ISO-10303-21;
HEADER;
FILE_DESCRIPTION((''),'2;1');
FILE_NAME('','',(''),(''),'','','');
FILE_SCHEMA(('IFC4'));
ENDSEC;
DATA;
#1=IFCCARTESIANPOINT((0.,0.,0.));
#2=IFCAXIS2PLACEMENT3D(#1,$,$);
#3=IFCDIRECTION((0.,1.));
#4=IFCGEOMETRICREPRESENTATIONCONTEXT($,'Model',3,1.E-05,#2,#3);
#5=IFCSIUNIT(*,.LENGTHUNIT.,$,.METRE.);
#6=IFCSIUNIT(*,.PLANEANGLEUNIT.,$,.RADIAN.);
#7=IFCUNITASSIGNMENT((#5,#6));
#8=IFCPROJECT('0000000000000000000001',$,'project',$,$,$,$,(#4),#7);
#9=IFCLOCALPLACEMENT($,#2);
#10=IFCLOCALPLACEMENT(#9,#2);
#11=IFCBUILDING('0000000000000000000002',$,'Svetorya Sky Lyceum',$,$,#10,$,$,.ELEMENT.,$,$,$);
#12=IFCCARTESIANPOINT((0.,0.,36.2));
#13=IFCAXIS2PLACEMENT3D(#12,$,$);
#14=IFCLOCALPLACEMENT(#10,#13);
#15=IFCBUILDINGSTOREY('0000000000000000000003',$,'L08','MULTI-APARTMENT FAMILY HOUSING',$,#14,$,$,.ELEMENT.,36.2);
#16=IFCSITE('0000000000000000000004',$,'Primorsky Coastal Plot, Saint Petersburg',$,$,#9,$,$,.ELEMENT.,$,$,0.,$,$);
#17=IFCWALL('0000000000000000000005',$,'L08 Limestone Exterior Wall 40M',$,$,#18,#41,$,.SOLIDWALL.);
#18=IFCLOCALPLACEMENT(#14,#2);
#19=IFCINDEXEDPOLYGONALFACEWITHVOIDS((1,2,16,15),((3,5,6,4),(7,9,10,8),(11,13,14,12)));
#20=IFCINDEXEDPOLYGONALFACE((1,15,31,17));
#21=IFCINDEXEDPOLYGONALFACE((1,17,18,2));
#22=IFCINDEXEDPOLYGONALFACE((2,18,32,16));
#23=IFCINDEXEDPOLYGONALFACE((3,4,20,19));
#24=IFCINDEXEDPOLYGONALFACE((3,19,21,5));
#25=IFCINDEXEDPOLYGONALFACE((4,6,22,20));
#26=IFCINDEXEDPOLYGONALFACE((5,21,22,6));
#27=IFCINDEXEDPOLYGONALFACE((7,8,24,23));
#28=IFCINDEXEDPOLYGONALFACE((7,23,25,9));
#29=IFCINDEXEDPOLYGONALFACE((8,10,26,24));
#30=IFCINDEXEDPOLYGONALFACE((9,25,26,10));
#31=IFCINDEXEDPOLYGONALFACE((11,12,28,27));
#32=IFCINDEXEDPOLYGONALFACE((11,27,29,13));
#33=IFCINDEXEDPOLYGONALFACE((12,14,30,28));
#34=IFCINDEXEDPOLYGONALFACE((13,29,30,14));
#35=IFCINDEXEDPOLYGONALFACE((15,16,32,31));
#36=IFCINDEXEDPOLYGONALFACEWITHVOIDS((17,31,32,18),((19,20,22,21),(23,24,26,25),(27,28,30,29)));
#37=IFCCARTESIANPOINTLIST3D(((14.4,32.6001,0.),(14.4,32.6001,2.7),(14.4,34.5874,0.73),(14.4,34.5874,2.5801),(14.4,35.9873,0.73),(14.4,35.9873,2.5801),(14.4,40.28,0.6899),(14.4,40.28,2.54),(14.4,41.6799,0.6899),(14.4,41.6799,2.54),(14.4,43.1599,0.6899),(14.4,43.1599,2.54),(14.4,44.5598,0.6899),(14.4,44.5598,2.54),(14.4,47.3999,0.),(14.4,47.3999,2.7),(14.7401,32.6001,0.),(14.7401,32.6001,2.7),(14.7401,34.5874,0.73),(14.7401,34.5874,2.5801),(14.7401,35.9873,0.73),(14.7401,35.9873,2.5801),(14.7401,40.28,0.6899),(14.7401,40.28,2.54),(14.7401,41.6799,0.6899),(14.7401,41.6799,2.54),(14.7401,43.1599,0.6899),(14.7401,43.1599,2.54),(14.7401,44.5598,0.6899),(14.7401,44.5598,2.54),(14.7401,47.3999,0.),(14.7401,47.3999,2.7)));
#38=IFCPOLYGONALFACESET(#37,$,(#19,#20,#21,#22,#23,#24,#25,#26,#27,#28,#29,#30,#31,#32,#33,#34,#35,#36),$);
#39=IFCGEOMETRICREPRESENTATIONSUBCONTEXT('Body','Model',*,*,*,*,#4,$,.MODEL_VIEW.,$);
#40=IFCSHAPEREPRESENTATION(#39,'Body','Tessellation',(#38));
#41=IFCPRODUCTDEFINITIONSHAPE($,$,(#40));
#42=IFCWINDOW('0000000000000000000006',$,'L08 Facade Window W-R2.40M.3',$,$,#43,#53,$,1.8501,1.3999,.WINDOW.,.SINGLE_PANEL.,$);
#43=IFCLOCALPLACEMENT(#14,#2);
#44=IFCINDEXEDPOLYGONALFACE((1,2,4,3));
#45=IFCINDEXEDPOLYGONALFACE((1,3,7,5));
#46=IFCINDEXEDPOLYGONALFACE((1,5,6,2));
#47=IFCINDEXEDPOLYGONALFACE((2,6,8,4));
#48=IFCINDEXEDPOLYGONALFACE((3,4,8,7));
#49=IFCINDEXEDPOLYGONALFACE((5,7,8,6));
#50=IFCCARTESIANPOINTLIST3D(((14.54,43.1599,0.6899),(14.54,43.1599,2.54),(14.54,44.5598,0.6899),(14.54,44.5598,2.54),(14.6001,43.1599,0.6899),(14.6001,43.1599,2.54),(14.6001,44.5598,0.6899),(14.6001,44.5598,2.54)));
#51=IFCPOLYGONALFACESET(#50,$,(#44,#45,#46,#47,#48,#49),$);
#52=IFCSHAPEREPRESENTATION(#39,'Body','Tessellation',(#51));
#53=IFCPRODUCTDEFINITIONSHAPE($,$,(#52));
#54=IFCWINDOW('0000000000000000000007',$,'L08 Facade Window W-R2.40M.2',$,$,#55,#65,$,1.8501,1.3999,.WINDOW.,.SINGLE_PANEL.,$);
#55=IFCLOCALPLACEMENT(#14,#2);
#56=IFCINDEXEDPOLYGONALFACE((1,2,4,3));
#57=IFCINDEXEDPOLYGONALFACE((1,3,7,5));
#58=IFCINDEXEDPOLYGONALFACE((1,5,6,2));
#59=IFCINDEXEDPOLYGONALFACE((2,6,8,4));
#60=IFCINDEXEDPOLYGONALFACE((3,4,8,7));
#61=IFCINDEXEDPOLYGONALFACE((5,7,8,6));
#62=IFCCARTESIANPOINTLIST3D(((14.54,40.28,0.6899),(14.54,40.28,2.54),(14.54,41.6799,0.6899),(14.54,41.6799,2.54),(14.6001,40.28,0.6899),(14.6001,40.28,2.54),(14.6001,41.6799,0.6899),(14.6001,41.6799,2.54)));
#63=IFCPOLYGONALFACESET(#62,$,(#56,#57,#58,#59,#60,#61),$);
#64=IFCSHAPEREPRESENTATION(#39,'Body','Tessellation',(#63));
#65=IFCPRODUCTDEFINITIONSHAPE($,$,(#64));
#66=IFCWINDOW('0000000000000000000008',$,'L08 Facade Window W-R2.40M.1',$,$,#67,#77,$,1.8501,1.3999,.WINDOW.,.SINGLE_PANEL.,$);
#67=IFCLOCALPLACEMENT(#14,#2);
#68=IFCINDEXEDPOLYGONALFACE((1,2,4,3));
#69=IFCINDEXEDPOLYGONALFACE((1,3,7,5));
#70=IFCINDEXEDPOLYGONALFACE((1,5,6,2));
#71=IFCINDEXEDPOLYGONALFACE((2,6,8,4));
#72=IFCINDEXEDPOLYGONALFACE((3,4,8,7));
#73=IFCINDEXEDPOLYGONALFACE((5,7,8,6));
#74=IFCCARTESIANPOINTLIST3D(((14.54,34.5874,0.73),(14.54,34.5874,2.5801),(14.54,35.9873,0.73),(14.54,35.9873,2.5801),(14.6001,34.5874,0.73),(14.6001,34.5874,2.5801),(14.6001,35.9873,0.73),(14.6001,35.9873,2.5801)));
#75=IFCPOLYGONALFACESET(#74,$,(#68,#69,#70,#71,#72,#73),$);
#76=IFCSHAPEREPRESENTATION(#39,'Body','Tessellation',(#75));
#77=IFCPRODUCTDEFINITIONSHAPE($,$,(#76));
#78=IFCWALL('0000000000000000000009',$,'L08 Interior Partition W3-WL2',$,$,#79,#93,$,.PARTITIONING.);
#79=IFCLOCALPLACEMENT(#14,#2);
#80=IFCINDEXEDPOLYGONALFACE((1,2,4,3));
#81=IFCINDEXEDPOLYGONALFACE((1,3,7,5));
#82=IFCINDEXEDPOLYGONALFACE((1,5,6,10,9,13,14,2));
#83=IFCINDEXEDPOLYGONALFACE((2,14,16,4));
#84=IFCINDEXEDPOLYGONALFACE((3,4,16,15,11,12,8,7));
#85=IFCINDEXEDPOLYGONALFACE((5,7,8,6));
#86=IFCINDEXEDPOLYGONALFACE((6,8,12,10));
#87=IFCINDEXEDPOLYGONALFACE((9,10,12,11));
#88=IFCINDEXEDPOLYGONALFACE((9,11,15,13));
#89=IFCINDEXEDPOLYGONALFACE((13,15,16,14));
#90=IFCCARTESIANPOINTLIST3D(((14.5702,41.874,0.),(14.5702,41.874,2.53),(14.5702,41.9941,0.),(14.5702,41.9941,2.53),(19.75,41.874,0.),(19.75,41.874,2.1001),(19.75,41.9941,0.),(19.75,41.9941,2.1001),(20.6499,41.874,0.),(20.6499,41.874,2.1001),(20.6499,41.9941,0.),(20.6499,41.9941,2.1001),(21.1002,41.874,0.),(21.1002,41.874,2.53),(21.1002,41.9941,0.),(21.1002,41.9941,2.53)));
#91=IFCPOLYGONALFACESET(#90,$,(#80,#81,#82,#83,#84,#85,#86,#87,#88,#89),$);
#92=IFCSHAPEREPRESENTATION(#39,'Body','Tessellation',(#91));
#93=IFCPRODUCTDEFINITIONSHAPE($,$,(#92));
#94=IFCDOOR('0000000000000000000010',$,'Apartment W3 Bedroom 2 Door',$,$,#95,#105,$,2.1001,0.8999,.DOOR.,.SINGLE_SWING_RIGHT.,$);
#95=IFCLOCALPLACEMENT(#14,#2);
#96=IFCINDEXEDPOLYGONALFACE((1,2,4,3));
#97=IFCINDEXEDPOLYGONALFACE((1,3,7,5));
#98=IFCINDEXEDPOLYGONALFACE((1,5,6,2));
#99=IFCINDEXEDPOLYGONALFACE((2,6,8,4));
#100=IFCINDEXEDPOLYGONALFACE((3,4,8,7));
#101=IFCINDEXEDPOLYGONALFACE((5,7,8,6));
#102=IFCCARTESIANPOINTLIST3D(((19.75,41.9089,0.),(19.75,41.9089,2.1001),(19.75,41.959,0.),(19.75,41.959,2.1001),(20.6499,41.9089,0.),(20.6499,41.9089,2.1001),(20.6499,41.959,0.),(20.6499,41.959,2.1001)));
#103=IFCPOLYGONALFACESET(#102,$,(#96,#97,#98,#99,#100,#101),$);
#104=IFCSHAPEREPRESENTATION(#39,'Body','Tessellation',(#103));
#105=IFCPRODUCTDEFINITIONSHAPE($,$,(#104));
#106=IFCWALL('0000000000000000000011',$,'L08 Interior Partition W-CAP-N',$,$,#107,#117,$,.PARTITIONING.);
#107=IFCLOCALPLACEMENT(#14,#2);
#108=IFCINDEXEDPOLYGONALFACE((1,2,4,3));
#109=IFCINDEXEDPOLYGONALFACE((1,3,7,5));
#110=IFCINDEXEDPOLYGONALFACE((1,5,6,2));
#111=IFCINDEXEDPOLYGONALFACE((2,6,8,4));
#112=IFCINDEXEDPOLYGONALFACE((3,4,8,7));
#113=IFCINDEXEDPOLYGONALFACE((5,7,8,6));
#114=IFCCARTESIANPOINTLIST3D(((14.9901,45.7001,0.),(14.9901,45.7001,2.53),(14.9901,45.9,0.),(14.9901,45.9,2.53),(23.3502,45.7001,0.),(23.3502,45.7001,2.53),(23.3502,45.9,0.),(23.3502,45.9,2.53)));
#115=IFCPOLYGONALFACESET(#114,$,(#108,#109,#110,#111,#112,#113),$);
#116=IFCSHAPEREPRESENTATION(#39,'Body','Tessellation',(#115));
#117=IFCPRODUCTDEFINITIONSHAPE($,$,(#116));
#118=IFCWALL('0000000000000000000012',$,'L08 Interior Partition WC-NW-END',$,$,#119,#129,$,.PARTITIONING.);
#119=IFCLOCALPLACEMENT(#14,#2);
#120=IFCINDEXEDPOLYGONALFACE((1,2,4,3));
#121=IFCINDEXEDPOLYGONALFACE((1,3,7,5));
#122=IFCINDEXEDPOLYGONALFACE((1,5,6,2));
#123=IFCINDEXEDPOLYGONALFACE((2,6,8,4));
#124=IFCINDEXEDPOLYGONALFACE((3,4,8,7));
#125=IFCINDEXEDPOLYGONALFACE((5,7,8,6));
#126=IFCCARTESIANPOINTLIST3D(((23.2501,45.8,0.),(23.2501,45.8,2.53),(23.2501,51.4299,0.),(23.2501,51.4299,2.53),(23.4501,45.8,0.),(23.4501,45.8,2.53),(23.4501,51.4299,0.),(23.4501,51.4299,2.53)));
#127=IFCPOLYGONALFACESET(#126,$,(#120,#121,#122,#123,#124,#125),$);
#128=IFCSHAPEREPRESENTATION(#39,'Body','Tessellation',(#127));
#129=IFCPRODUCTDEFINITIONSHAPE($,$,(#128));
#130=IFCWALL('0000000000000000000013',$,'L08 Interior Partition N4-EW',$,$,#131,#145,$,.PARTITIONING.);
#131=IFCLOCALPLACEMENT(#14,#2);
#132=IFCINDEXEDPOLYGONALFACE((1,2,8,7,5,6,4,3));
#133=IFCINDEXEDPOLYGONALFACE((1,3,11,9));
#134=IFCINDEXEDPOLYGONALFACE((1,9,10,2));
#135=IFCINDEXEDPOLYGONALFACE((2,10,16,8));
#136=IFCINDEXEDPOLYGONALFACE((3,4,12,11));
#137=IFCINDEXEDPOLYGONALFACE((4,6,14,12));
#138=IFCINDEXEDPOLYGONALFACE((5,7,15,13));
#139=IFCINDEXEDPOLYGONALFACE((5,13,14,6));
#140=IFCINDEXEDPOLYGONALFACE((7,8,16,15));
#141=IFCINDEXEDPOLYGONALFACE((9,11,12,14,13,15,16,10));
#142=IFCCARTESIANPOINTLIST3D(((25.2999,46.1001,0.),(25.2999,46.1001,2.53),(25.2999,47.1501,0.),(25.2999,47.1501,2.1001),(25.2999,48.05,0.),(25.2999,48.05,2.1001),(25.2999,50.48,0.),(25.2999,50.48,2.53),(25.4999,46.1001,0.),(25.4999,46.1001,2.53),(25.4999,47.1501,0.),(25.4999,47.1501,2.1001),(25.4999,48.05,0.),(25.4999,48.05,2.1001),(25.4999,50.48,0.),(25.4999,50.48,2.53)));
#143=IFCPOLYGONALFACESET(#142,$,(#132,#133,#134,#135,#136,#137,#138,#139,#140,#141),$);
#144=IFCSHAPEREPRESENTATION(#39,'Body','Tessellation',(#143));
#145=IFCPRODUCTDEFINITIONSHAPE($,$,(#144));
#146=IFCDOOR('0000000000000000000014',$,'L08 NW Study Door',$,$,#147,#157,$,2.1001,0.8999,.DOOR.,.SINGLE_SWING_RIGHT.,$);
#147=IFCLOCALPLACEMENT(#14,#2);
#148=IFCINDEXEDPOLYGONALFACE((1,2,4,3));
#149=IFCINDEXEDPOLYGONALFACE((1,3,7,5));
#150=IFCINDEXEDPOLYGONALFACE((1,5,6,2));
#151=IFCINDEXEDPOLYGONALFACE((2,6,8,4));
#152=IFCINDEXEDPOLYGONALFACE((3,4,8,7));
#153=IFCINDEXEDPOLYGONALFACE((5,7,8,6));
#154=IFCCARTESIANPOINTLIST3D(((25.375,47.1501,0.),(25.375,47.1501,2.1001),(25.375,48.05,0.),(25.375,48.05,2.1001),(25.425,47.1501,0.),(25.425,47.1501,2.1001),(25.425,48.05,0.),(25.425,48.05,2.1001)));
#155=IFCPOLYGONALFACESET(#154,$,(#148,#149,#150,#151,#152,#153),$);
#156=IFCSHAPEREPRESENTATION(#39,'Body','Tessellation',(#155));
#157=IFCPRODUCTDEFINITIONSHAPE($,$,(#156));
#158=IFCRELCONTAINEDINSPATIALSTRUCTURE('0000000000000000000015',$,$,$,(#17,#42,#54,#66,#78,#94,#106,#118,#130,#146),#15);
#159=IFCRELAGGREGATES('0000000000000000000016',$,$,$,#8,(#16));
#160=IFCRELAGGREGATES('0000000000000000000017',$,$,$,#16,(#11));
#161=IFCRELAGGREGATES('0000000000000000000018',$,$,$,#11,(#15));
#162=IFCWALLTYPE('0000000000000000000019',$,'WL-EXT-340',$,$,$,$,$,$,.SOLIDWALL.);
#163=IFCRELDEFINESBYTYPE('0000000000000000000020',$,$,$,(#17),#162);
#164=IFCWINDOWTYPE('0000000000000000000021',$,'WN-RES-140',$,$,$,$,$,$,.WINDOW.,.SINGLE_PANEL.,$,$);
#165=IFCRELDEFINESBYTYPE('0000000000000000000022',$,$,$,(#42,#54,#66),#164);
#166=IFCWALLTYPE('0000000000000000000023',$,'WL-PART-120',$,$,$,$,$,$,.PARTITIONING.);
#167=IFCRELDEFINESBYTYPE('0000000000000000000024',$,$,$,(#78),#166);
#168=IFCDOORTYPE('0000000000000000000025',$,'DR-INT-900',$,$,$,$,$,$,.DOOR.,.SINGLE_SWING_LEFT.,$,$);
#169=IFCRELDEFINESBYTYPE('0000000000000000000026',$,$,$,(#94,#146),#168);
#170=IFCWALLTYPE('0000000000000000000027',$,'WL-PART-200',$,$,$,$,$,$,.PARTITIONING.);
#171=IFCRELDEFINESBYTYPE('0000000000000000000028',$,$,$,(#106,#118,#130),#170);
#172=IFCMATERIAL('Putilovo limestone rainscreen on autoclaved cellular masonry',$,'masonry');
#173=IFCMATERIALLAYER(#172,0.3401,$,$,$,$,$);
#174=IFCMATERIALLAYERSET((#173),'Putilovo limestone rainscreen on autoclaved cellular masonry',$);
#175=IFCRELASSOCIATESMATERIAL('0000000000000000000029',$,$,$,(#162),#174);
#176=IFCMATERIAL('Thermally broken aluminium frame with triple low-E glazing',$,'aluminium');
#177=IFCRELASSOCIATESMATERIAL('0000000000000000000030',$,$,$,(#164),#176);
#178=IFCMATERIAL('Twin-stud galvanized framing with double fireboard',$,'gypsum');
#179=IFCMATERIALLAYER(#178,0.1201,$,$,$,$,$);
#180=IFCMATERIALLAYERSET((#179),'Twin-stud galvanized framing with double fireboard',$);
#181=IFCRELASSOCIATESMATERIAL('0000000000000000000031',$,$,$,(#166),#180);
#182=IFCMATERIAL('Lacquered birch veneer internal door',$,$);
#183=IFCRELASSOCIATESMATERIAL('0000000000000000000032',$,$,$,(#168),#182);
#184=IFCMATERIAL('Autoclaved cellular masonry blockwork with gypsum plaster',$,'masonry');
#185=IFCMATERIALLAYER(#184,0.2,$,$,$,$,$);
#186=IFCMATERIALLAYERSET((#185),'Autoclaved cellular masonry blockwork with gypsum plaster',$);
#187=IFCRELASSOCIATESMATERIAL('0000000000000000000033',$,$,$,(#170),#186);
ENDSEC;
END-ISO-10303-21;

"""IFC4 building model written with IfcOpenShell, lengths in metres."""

from ifc_helpers import new_model, si_unit, direction, frame, frame_2d, origin, place, context, subcontext, project, spatial, rectangle, extrude, material, layer, layer_set, type_object, element, fill, save


model = new_model("IFC4")

# Units and contexts
model_context = context("Model", 3, precision=1e-05, world=origin(), true_north=direction((0.0, 1.0)))
body_context = subcontext(model_context, "Body", "Model", "MODEL_VIEW")
ifc_project = project(units=[si_unit("LENGTHUNIT", "METRE"), si_unit("PLANEANGLEUNIT", "RADIAN")], contexts=[model_context])

# Site, building, storey
site_placement = place(None, origin())
site = spatial("IfcSite", under=ifc_project, at=site_placement, Name="Primorsky Coastal Plot, Saint Petersburg", CompositionType="ELEMENT", RefElevation=0.0)
building_placement = place(site_placement, origin())
building = spatial("IfcBuilding", under=site, at=building_placement, Name="Svetorya Sky Lyceum", CompositionType="ELEMENT")
storey_placement = place(building_placement, frame((0.0, 0.0, 36.2)))
storey = spatial("IfcBuildingStorey", under=building, at=storey_placement, Name="L08", Description="MULTI-APARTMENT FAMILY HOUSING", CompositionType="ELEMENT", Elevation=36.2)

# Shared definitions
ifc_material_1 = material(Name="Putilovo limestone rainscreen on autoclaved cellular masonry", Category="masonry")
ifc_layer_1 = layer(ifc_material_1, 0.3401)
ifc_layer_set_1 = layer_set([ifc_layer_1], Name="Putilovo limestone rainscreen on autoclaved cellular masonry")
wall_type_1 = type_object("IfcWallType", Name="WL-EXT-340", PredefinedType="SOLIDWALL", material=ifc_layer_set_1)

# Wall, openings, windows
wall_1_placement = place(storey_placement, frame((14.5701, 47.3999, 0.0), z_axis=(0.0, 0.0, 1.0), x_axis=(0.0, -1.0, 0.0)))
wall_1 = element("IfcWall", 1, at=wall_1_placement, inside=storey, type_object=wall_type_1, Name="L08 Limestone Exterior Wall 40M", PredefinedType="SOLIDWALL", context=body_context, shape_type="SweptSolid", body=[
    extrude(rectangle(XDim=14.7998, YDim=0.3401, at=frame_2d((7.3999, 0.0))), origin(), (0.0, 0.0, 1.0), 2.7),
])
opening_1_placement = place(wall_1_placement, frame((2.8401, 0.0, 0.6899)))
opening_1 = element("IfcOpeningElement", 2, at=opening_1_placement, cuts=wall_1, PredefinedType="OPENING", context=body_context, shape_type="SweptSolid", body=[
    extrude(rectangle(XDim=1.3999, YDim=1.8501, at=frame_2d((0.7, 0.925))), frame((0.0, 0.1799, 0.0), z_axis=(0.0, -1.0, 0.0), x_axis=(1.0, 0.0, 0.0)), (0.0, 0.0, 1.0), 0.3601),
])
opening_2_placement = place(wall_1_placement, frame((5.72, 0.0, 0.6899)))
opening_2 = element("IfcOpeningElement", 3, at=opening_2_placement, cuts=wall_1, PredefinedType="OPENING", context=body_context, shape_type="SweptSolid", body=[
    extrude(rectangle(XDim=1.3999, YDim=1.8501, at=frame_2d((0.7, 0.925))), frame((0.0, 0.1799, 0.0), z_axis=(0.0, -1.0, 0.0), x_axis=(1.0, 0.0, 0.0)), (0.0, 0.0, 1.0), 0.3601),
])
opening_3_placement = place(wall_1_placement, frame((11.4126, 0.0, 0.73)))
opening_3 = element("IfcOpeningElement", 4, at=opening_3_placement, cuts=wall_1, PredefinedType="OPENING", context=body_context, shape_type="SweptSolid", body=[
    extrude(rectangle(XDim=1.3999, YDim=1.8501, at=frame_2d((0.7, 0.925))), frame((0.0, 0.1799, 0.0), z_axis=(0.0, -1.0, 0.0), x_axis=(1.0, 0.0, 0.0)), (0.0, 0.0, 1.0), 0.3601),
])
ifc_material_2 = material(Name="Thermally broken aluminium frame with triple low-E glazing", Category="aluminium")
window_type = type_object("IfcWindowType", Name="WN-RES-140", PartitioningType="SINGLE_PANEL", PredefinedType="WINDOW", material=ifc_material_2)
window_1_placement = place(opening_1_placement, origin())
window_1 = element("IfcWindow", 5, at=window_1_placement, inside=storey, type_object=window_type, Name="L08 Facade Window W-R2.40M.3", OverallHeight=1.8501, OverallWidth=1.3999, PartitioningType="SINGLE_PANEL", PredefinedType="WINDOW", context=body_context, shape_type="SweptSolid", body=[
    extrude(rectangle(XDim=1.3999, YDim=1.8501, at=frame_2d((0.7, 0.925))), frame((0.0, 0.03, 0.0), z_axis=(0.0, -1.0, 0.0), x_axis=(1.0, 0.0, 0.0)), (0.0, 0.0, 1.0), 0.0601),
])
fill(opening_1, window_1)
window_2_placement = place(opening_2_placement, origin())
window_2 = element("IfcWindow", 6, at=window_2_placement, inside=storey, type_object=window_type, Name="L08 Facade Window W-R2.40M.2", OverallHeight=1.8501, OverallWidth=1.3999, PartitioningType="SINGLE_PANEL", PredefinedType="WINDOW", context=body_context, shape_type="SweptSolid", body=[
    extrude(rectangle(XDim=1.3999, YDim=1.8501, at=frame_2d((0.7, 0.925))), frame((0.0, 0.03, 0.0), z_axis=(0.0, -1.0, 0.0), x_axis=(1.0, 0.0, 0.0)), (0.0, 0.0, 1.0), 0.0601),
])
fill(opening_2, window_2)
window_3_placement = place(opening_3_placement, origin())
window_3 = element("IfcWindow", 7, at=window_3_placement, inside=storey, type_object=window_type, Name="L08 Facade Window W-R2.40M.1", OverallHeight=1.8501, OverallWidth=1.3999, PartitioningType="SINGLE_PANEL", PredefinedType="WINDOW", context=body_context, shape_type="SweptSolid", body=[
    extrude(rectangle(XDim=1.3999, YDim=1.8501, at=frame_2d((0.7, 0.925))), frame((0.0, 0.03, 0.0), z_axis=(0.0, -1.0, 0.0), x_axis=(1.0, 0.0, 0.0)), (0.0, 0.0, 1.0), 0.0601),
])
fill(opening_3, window_3)

# Wall, opening, door
ifc_material_3 = material(Name="Twin-stud galvanized framing with double fireboard", Category="gypsum")
ifc_layer_2 = layer(ifc_material_3, 0.1201)
ifc_layer_set_2 = layer_set([ifc_layer_2], Name="Twin-stud galvanized framing with double fireboard")
wall_type_2 = type_object("IfcWallType", Name="WL-PART-120", PredefinedType="PARTITIONING", material=ifc_layer_set_2)
wall_2_placement = place(storey_placement, frame((14.5701, 41.9341, 0.0), z_axis=(0.0, 0.0, 1.0), x_axis=(1.0, 0.0, 0.0)))
wall_2 = element("IfcWall", 8, at=wall_2_placement, inside=storey, type_object=wall_type_2, Name="L08 Interior Partition W3-WL2", PredefinedType="PARTITIONING", context=body_context, shape_type="SweptSolid", body=[
    extrude(rectangle(XDim=6.53, YDim=0.1201, at=frame_2d((3.2651, 0.0))), origin(), (0.0, 0.0, 1.0), 2.53),
])
opening_4_placement = place(wall_2_placement, frame((5.1799, 0.0, 0.0)))
opening_4 = element("IfcOpeningElement", 9, at=opening_4_placement, cuts=wall_2, PredefinedType="OPENING", context=body_context, shape_type="SweptSolid", body=[
    extrude(rectangle(XDim=0.8999, YDim=2.1001, at=frame_2d((0.45, 1.05))), frame((0.0, 0.0701, 0.0), z_axis=(0.0, -1.0, 0.0), x_axis=(1.0, 0.0, 0.0)), (0.0, 0.0, 1.0), 0.1401),
])
ifc_material_4 = material(Name="Lacquered birch veneer internal door")
door_type = type_object("IfcDoorType", Name="DR-INT-900", OperationType="SINGLE_SWING_LEFT", PredefinedType="DOOR", material=ifc_material_4)
door_1_placement = place(opening_4_placement, origin())
door_1 = element("IfcDoor", 10, at=door_1_placement, inside=storey, type_object=door_type, Name="Apartment W3 Bedroom 2 Door", OperationType="SINGLE_SWING_RIGHT", OverallHeight=2.1001, OverallWidth=0.8999, PredefinedType="DOOR", context=body_context, shape_type="SweptSolid", body=[
    extrude(rectangle(XDim=0.8999, YDim=2.1001, at=frame_2d((0.45, 1.05))), frame((0.0, 0.0249, 0.0), z_axis=(0.0, -1.0, 0.0), x_axis=(1.0, 0.0, 0.0)), (0.0, 0.0, 1.0), 0.05),
])
fill(opening_4, door_1)

# Walls
ifc_material_5 = material(Name="Autoclaved cellular masonry blockwork with gypsum plaster", Category="masonry")
ifc_layer_3 = layer(ifc_material_5, 0.2)
ifc_layer_set_3 = layer_set([ifc_layer_3], Name="Autoclaved cellular masonry blockwork with gypsum plaster")
wall_type_3 = type_object("IfcWallType", Name="WL-PART-200", PredefinedType="PARTITIONING", material=ifc_layer_set_3)
wall_3_placement = place(storey_placement, frame((14.99, 45.8, 0.0), z_axis=(0.0, 0.0, 1.0), x_axis=(1.0, 0.0, 0.0)))
element("IfcWall", 11, at=wall_3_placement, inside=storey, type_object=wall_type_3, Name="L08 Interior Partition W-CAP-N", PredefinedType="PARTITIONING", context=body_context, shape_type="SweptSolid", body=[
    extrude(rectangle(XDim=8.3601, YDim=0.2, at=frame_2d((4.1802, 0.0))), origin(), (0.0, 0.0, 1.0), 2.53),
])
wall_4_placement = place(storey_placement, frame((23.3501, 45.8, 0.0), z_axis=(0.0, 0.0, 1.0), x_axis=(0.0, 1.0, 0.0)))
element("IfcWall", 12, at=wall_4_placement, inside=storey, type_object=wall_type_3, Name="L08 Interior Partition WC-NW-END", PredefinedType="PARTITIONING", context=body_context, shape_type="SweptSolid", body=[
    extrude(rectangle(XDim=5.6299, YDim=0.2, at=frame_2d((2.8149, 0.0))), origin(), (0.0, 0.0, 1.0), 2.53),
])

# Wall, opening, door
wall_5_placement = place(storey_placement, frame((25.3999, 46.1001, 0.0), z_axis=(0.0, 0.0, 1.0), x_axis=(0.0, 1.0, 0.0)))
wall_5 = element("IfcWall", 13, at=wall_5_placement, inside=storey, type_object=wall_type_3, Name="L08 Interior Partition N4-EW", PredefinedType="PARTITIONING", context=body_context, shape_type="SweptSolid", body=[
    extrude(rectangle(XDim=4.3799, YDim=0.2, at=frame_2d((2.1899, 0.0))), origin(), (0.0, 0.0, 1.0), 2.53),
])
opening_5_placement = place(wall_5_placement, frame((1.05, 0.0, 0.0)))
opening_5 = element("IfcOpeningElement", 14, at=opening_5_placement, cuts=wall_5, PredefinedType="OPENING", context=body_context, shape_type="SweptSolid", body=[
    extrude(rectangle(XDim=0.8999, YDim=2.1001, at=frame_2d((0.45, 1.05))), frame((0.0, 0.1099, 0.0), z_axis=(0.0, -1.0, 0.0), x_axis=(1.0, 0.0, 0.0)), (0.0, 0.0, 1.0), 0.22),
])
door_2_placement = place(opening_5_placement, origin())
door_2 = element("IfcDoor", 15, at=door_2_placement, inside=storey, type_object=door_type, Name="L08 NW Study Door", OperationType="SINGLE_SWING_RIGHT", OverallHeight=2.1001, OverallWidth=0.8999, PredefinedType="DOOR", context=body_context, shape_type="SweptSolid", body=[
    extrude(rectangle(XDim=0.8999, YDim=2.1001, at=frame_2d((0.45, 1.05))), frame((0.0, 0.0249, 0.0), z_axis=(0.0, -1.0, 0.0), x_axis=(1.0, 0.0, 0.0)), (0.0, 0.0, 1.0), 0.05),
])
fill(opening_5, door_2)

save(model, "model.ifc")
